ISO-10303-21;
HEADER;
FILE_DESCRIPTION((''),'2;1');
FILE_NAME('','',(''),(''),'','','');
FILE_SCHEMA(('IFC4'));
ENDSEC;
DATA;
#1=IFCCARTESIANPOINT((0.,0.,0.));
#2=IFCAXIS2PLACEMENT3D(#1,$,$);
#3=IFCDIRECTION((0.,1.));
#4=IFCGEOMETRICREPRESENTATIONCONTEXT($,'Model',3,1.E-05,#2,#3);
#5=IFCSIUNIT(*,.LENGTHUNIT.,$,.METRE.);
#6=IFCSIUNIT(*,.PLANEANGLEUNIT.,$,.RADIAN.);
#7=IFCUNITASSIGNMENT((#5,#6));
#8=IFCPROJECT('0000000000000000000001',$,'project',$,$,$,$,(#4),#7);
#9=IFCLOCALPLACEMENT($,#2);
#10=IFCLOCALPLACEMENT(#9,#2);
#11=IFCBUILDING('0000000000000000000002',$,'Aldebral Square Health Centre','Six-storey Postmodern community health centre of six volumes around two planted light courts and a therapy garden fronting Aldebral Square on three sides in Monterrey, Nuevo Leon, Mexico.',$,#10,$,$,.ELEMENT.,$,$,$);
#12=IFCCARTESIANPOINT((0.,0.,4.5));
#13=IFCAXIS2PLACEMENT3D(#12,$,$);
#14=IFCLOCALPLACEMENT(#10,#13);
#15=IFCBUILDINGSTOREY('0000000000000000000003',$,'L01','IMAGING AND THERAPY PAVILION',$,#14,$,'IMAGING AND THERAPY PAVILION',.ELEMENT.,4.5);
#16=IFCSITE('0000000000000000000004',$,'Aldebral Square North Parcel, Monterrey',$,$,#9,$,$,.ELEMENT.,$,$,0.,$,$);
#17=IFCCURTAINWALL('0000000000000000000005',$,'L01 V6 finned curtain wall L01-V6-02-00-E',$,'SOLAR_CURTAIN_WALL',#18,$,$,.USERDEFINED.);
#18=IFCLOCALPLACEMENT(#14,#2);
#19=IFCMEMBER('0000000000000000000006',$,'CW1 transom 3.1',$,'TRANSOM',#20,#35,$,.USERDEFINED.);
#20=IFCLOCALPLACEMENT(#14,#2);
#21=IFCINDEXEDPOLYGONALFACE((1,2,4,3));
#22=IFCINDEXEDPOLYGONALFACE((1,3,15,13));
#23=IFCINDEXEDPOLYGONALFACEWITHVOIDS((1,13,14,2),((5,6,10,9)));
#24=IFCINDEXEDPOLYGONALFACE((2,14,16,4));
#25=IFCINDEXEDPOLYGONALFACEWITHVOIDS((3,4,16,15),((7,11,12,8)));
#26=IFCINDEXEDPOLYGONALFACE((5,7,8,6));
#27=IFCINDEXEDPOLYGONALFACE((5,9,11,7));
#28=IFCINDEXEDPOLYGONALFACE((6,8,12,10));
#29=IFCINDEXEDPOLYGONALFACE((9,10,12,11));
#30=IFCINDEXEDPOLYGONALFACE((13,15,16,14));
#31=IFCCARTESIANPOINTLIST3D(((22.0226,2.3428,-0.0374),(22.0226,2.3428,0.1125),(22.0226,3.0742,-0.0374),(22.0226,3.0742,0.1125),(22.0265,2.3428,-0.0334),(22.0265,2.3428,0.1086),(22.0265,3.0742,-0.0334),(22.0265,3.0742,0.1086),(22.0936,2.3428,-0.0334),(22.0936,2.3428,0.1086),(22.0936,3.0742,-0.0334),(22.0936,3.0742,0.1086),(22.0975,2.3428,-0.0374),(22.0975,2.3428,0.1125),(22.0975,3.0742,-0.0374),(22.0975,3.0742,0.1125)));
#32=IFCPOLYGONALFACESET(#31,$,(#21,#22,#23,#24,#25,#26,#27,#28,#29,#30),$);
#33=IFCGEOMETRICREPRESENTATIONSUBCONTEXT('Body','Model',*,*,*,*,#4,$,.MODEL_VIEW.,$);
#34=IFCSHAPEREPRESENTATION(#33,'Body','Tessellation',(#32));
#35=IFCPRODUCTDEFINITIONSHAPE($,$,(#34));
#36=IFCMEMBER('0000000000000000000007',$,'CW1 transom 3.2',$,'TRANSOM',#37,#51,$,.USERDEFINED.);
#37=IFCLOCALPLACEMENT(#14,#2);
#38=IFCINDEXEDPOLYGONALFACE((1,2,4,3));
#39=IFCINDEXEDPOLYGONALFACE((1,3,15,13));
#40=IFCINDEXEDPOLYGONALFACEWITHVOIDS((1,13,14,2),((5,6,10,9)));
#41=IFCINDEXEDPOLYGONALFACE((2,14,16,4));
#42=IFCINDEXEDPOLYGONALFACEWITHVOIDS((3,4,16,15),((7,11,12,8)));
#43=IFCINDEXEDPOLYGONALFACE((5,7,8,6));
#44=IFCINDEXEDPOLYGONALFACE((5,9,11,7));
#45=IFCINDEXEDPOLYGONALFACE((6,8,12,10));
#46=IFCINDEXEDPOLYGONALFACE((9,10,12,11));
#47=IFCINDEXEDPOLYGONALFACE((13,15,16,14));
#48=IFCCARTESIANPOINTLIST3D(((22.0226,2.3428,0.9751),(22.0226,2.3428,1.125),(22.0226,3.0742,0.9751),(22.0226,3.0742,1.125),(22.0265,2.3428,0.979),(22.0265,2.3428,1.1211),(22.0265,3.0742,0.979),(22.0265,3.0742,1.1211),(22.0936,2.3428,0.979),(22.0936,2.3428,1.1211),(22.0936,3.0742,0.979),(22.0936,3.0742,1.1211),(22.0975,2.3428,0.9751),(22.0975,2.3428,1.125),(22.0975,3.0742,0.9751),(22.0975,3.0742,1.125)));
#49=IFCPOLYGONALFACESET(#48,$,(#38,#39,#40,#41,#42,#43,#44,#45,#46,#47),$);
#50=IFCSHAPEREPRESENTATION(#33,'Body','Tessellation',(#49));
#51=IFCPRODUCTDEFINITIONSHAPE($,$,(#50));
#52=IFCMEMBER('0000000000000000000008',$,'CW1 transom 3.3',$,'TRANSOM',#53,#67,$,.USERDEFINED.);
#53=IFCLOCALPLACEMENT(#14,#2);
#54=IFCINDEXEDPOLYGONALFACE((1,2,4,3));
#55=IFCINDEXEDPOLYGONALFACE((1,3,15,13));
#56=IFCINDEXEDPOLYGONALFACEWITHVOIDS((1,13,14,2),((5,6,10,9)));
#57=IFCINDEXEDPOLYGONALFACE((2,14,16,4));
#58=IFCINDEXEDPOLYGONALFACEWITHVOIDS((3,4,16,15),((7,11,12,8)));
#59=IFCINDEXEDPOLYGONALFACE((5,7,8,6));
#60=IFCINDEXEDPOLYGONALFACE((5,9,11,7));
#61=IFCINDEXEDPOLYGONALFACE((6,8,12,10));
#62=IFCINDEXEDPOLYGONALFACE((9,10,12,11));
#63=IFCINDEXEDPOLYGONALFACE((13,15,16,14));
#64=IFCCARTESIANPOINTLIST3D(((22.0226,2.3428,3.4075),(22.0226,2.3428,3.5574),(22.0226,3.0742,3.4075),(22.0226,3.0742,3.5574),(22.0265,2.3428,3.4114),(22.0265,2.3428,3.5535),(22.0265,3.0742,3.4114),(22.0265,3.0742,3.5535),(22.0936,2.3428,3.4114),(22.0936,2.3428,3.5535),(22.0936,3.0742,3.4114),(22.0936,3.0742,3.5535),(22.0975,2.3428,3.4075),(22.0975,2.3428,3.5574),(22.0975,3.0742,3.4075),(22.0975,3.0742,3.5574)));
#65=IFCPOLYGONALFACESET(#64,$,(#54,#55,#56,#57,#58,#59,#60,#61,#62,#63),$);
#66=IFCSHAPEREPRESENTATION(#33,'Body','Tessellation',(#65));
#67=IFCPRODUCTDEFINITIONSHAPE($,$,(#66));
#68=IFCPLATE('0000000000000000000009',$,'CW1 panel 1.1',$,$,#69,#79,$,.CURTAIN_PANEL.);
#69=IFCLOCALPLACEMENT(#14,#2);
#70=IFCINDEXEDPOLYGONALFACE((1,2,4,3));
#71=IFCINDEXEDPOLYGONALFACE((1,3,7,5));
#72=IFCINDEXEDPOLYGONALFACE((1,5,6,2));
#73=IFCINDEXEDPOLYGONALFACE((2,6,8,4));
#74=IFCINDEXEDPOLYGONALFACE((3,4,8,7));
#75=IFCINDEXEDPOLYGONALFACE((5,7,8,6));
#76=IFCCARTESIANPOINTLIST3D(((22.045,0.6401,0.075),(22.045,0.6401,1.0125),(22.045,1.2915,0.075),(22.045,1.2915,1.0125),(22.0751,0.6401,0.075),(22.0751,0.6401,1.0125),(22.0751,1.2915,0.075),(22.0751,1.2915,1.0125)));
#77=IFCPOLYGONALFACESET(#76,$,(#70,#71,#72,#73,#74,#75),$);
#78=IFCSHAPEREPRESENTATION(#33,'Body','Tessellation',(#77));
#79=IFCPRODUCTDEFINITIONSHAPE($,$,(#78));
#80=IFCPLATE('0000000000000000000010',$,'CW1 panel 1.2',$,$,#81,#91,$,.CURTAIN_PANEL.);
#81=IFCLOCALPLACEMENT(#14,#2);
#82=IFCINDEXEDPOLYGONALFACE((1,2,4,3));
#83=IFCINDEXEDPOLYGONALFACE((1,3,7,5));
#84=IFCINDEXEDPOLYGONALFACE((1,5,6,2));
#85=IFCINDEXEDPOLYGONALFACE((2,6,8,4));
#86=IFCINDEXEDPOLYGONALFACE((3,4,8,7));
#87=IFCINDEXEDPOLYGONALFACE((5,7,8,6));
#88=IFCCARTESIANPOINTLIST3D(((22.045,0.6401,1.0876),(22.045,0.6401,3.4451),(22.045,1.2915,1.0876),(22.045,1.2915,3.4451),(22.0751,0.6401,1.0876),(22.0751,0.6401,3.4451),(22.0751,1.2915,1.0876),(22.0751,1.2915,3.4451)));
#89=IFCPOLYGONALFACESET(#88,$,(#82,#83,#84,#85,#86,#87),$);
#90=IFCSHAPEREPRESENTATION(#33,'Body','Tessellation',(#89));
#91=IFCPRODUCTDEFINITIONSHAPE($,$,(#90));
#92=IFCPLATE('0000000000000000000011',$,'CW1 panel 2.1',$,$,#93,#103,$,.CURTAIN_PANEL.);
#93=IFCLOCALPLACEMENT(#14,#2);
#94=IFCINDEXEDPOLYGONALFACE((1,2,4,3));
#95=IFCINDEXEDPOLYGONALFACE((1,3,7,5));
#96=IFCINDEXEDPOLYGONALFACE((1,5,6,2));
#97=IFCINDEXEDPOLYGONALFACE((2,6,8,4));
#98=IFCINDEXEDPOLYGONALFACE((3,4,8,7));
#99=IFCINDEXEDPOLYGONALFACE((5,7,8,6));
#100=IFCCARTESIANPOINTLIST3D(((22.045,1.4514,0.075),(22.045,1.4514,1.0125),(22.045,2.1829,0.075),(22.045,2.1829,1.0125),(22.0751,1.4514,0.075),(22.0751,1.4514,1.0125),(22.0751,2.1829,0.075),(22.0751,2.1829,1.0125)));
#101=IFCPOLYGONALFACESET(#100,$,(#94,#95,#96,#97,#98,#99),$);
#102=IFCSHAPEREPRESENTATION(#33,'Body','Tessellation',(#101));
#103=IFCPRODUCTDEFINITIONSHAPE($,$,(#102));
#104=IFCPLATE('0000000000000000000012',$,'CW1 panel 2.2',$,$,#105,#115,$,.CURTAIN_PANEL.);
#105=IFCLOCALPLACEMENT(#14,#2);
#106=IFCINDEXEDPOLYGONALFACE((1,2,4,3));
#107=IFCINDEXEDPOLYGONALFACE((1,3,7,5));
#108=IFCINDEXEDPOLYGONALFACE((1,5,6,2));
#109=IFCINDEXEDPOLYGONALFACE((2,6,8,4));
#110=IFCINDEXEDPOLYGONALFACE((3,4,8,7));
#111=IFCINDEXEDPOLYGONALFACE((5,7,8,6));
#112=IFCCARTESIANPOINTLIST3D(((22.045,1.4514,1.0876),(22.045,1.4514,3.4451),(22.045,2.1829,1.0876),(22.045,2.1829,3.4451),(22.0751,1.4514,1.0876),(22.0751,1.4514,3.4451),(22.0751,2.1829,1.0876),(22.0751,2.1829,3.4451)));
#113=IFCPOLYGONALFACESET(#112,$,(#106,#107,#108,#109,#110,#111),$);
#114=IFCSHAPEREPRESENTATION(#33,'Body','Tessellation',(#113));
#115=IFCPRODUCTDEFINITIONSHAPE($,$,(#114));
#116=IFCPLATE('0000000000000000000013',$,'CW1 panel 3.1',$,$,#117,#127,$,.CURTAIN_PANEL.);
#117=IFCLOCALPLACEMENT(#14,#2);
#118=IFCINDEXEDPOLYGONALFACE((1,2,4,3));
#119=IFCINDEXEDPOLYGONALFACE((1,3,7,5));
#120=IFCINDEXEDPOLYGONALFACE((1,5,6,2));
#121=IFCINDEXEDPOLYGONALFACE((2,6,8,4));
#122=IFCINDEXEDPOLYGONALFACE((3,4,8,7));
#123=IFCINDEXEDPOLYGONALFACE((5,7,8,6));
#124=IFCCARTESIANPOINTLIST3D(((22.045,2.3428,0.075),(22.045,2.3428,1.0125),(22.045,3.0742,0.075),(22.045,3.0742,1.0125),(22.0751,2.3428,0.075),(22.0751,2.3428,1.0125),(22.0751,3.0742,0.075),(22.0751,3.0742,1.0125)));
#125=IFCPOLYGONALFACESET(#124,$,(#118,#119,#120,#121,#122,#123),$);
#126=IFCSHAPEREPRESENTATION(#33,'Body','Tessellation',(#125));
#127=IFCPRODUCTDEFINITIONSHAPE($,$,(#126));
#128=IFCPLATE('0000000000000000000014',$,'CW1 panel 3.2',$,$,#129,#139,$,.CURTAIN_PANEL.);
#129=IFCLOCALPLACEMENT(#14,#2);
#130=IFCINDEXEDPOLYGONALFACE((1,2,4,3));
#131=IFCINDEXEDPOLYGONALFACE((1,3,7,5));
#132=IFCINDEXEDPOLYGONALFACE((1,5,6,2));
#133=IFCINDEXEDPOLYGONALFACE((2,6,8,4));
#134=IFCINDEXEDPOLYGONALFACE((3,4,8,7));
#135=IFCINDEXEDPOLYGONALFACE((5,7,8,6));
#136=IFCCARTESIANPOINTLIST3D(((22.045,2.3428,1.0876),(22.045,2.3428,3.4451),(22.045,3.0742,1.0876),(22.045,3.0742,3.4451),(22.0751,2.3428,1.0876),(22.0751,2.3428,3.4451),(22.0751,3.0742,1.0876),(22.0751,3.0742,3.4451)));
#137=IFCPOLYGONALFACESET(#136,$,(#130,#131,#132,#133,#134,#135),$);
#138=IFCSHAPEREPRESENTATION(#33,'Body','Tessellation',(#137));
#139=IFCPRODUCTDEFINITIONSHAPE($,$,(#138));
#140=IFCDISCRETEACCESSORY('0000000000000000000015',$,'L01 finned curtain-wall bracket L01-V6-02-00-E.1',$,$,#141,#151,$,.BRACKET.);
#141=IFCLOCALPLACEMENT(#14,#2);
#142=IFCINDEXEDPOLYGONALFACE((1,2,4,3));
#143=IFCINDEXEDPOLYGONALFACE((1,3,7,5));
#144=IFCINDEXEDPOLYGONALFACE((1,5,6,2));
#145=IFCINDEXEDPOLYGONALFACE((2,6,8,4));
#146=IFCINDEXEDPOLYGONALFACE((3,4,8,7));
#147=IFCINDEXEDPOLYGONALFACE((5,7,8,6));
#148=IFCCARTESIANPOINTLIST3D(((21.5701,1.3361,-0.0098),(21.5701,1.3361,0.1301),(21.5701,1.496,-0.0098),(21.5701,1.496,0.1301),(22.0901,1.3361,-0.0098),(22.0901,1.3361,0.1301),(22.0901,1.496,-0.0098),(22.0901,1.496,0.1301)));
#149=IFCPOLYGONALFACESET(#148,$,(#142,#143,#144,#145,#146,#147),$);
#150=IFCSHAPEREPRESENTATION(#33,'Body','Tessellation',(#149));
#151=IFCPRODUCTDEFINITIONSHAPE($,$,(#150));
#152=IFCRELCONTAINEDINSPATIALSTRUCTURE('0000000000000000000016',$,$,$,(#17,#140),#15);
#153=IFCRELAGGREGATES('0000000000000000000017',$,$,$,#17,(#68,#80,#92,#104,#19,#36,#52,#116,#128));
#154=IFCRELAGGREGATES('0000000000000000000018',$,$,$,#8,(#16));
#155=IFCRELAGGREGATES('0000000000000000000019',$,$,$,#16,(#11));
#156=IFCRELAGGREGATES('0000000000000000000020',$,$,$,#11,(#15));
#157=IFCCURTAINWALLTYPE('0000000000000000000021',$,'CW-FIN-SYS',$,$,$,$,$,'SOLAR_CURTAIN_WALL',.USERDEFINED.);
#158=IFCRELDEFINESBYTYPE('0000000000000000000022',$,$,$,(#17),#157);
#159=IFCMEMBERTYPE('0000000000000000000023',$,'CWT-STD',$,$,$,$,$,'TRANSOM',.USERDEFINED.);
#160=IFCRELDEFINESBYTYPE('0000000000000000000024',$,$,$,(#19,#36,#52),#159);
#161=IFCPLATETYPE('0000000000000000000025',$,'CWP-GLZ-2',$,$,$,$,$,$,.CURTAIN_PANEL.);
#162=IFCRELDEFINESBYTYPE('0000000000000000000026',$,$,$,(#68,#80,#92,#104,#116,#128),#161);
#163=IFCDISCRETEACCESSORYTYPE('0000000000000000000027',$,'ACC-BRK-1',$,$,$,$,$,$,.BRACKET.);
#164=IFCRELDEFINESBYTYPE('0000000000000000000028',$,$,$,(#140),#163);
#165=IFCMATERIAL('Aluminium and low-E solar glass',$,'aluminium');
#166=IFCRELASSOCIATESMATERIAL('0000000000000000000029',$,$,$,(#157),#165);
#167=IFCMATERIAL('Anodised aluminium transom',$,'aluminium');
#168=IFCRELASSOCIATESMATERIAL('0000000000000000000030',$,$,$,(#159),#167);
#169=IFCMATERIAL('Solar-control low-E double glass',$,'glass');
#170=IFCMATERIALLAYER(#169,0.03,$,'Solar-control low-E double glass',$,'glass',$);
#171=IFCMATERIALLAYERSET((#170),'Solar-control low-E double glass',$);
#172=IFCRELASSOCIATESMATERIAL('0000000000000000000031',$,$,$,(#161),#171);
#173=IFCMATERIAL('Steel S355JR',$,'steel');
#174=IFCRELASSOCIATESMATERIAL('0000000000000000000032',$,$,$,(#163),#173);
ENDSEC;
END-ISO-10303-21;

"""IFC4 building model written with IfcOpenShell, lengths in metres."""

from ifc_helpers import new_model, si_unit, direction, frame, origin, origin_2d, place, context, subcontext, project, spatial, rectangle, hollow_rectangle, extrude, material, layer, layer_set, material_profile, profile_set, type_object, element, aggregate, save


model = new_model("IFC4")

# Units and contexts
model_context = context("Model", 3, precision=1e-05, world=origin(), true_north=direction((0.0, 1.0)))
body_context = subcontext(model_context, "Body", "Model", "MODEL_VIEW")
ifc_project = project(units=[si_unit("LENGTHUNIT", "METRE"), si_unit("PLANEANGLEUNIT", "RADIAN")], contexts=[model_context])

# Site, building, storey
site_placement = place(None, origin())
site = spatial("IfcSite", under=ifc_project, at=site_placement, Name="Aldebral Square North Parcel, Monterrey", CompositionType="ELEMENT", RefElevation=0.0)
building_placement = place(site_placement, origin())
building = spatial("IfcBuilding", under=site, at=building_placement, Name="Aldebral Square Health Centre", Description="Six-storey Postmodern community health centre of six volumes around two planted light courts and a therapy garden fronting Aldebral Square on three sides in Monterrey, Nuevo Leon, Mexico.", CompositionType="ELEMENT")
storey_placement = place(building_placement, frame((0.0, 0.0, 4.5)))
storey = spatial("IfcBuildingStorey", under=building, at=storey_placement, Name="L01", Description="IMAGING AND THERAPY PAVILION", LongName="IMAGING AND THERAPY PAVILION", CompositionType="ELEMENT", Elevation=4.5)

# Curtain wall, members, plates
ifc_material_1 = material(Name="Aluminium and low-E solar glass", Category="aluminium")
curtain_wall_type = type_object("IfcCurtainWallType", Name="CW-FIN-SYS", ElementType="SOLAR_CURTAIN_WALL", PredefinedType="USERDEFINED", material=ifc_material_1)
curtain_wall_placement = place(storey_placement, origin())
curtain_wall = element("IfcCurtainWall", 1, at=curtain_wall_placement, inside=storey, type_object=curtain_wall_type, Name="L01 V6 finned curtain wall L01-V6-02-00-E", ObjectType="SOLAR_CURTAIN_WALL", PredefinedType="USERDEFINED")
ifc_material_2 = material(Name="Anodised aluminium transom", Category="aluminium")
ifc_material_profile_1 = material_profile(ifc_material_2, hollow_rectangle(XDim=0.075, YDim=0.1499, WallThickness=0.0039, at=origin_2d()), Name="CWT 75x150x4")
ifc_profile_set_1 = profile_set([ifc_material_profile_1], Name="Anodised aluminium transom")
member_type_1 = type_object("IfcMemberType", Name="CWT-STD", ElementType="TRANSOM", PredefinedType="USERDEFINED", material=ifc_profile_set_1)
member_1_placement = place(storey_placement, frame((22.0601, 2.3428, 0.0376), z_axis=(0.0, 1.0, 0.0), x_axis=(-1.0, 0.0, 0.0)))
member_1 = element("IfcMember", 2, at=member_1_placement, type_object=member_type_1, Name="CW1 transom 3.1", ObjectType="TRANSOM", PredefinedType="USERDEFINED", context=body_context, shape_type="SweptSolid", body=[
    extrude(hollow_rectangle(XDim=0.075, YDim=0.1499, WallThickness=0.0039, at=origin_2d()), origin(), (0.0, 0.0, 1.0), 0.7314),
])
member_2_placement = place(storey_placement, frame((22.0601, 2.3428, 1.05), z_axis=(0.0, 1.0, 0.0), x_axis=(-1.0, 0.0, 0.0)))
member_2 = element("IfcMember", 3, at=member_2_placement, type_object=member_type_1, Name="CW1 transom 3.2", ObjectType="TRANSOM", PredefinedType="USERDEFINED", context=body_context, shape_type="SweptSolid", body=[
    extrude(hollow_rectangle(XDim=0.075, YDim=0.1499, WallThickness=0.0039, at=origin_2d()), origin(), (0.0, 0.0, 1.0), 0.7314),
])
member_3_placement = place(storey_placement, frame((22.0601, 2.3428, 3.4824), z_axis=(0.0, 1.0, 0.0), x_axis=(-1.0, 0.0, 0.0)))
member_3 = element("IfcMember", 4, at=member_3_placement, type_object=member_type_1, Name="CW1 transom 3.3", ObjectType="TRANSOM", PredefinedType="USERDEFINED", context=body_context, shape_type="SweptSolid", body=[
    extrude(hollow_rectangle(XDim=0.075, YDim=0.1499, WallThickness=0.0039, at=origin_2d()), origin(), (0.0, 0.0, 1.0), 0.7314),
])
ifc_material_3 = material(Name="Solar-control low-E double glass", Category="glass")
ifc_layer = layer(ifc_material_3, 0.03, Name="Solar-control low-E double glass", Category="glass")
ifc_layer_set = layer_set([ifc_layer], Name="Solar-control low-E double glass")
plate_type = type_object("IfcPlateType", Name="CWP-GLZ-2", PredefinedType="CURTAIN_PANEL", material=ifc_layer_set)
plate_1_placement = place(storey_placement, frame((22.0601, 0.9658, 0.075), z_axis=(0.0, 0.0, 1.0), x_axis=(0.0, 1.0, 0.0)))
plate_1 = element("IfcPlate", 5, at=plate_1_placement, type_object=plate_type, Name="CW1 panel 1.1", PredefinedType="CURTAIN_PANEL", context=body_context, shape_type="SweptSolid", body=[
    extrude(rectangle(XDim=0.6514, YDim=0.03, at=origin_2d()), origin(), (0.0, 0.0, 1.0), 0.9375),
])
plate_2_placement = place(storey_placement, frame((22.0601, 0.9658, 1.0876), z_axis=(0.0, 0.0, 1.0), x_axis=(0.0, 1.0, 0.0)))
plate_2 = element("IfcPlate", 6, at=plate_2_placement, type_object=plate_type, Name="CW1 panel 1.2", PredefinedType="CURTAIN_PANEL", context=body_context, shape_type="SweptSolid", body=[
    extrude(rectangle(XDim=0.6514, YDim=0.03, at=origin_2d()), origin(), (0.0, 0.0, 1.0), 2.3574),
])
plate_3_placement = place(storey_placement, frame((22.0601, 1.8171, 0.075), z_axis=(0.0, 0.0, 1.0), x_axis=(0.0, 1.0, 0.0)))
plate_3 = element("IfcPlate", 7, at=plate_3_placement, type_object=plate_type, Name="CW1 panel 2.1", PredefinedType="CURTAIN_PANEL", context=body_context, shape_type="SweptSolid", body=[
    extrude(rectangle(XDim=0.7314, YDim=0.03, at=origin_2d()), origin(), (0.0, 0.0, 1.0), 0.9375),
])
plate_4_placement = place(storey_placement, frame((22.0601, 1.8171, 1.0876), z_axis=(0.0, 0.0, 1.0), x_axis=(0.0, 1.0, 0.0)))
plate_4 = element("IfcPlate", 8, at=plate_4_placement, type_object=plate_type, Name="CW1 panel 2.2", PredefinedType="CURTAIN_PANEL", context=body_context, shape_type="SweptSolid", body=[
    extrude(rectangle(XDim=0.7314, YDim=0.03, at=origin_2d()), origin(), (0.0, 0.0, 1.0), 2.3574),
])
plate_5_placement = place(storey_placement, frame((22.0601, 2.7085, 0.075), z_axis=(0.0, 0.0, 1.0), x_axis=(0.0, 1.0, 0.0)))
plate_5 = element("IfcPlate", 9, at=plate_5_placement, type_object=plate_type, Name="CW1 panel 3.1", PredefinedType="CURTAIN_PANEL", context=body_context, shape_type="SweptSolid", body=[
    extrude(rectangle(XDim=0.7314, YDim=0.03, at=origin_2d()), origin(), (0.0, 0.0, 1.0), 0.9375),
])
plate_6_placement = place(storey_placement, frame((22.0601, 2.7085, 1.0876), z_axis=(0.0, 0.0, 1.0), x_axis=(0.0, 1.0, 0.0)))
plate_6 = element("IfcPlate", 10, at=plate_6_placement, type_object=plate_type, Name="CW1 panel 3.2", PredefinedType="CURTAIN_PANEL", context=body_context, shape_type="SweptSolid", body=[
    extrude(rectangle(XDim=0.7314, YDim=0.03, at=origin_2d()), origin(), (0.0, 0.0, 1.0), 2.3574),
])
aggregate(curtain_wall, [plate_1, plate_2, plate_3, plate_4, member_1, member_2, member_3, plate_5, plate_6])

# Discrete accessory
ifc_material_4 = material(Name="Steel S355JR", Category="steel")
discrete_accessory_type = type_object("IfcDiscreteAccessoryType", Name="ACC-BRK-1", PredefinedType="BRACKET", material=ifc_material_4)
discrete_accessory_placement = place(storey_placement, frame((21.8301, 1.416, -0.0098), z_axis=(0.0, 0.0, 1.0), x_axis=(0.0, 1.0, 0.0)))
element("IfcDiscreteAccessory", 11, at=discrete_accessory_placement, inside=storey, type_object=discrete_accessory_type, Name="L01 finned curtain-wall bracket L01-V6-02-00-E.1", PredefinedType="BRACKET", context=body_context, shape_type="SweptSolid", body=[
    extrude(rectangle(XDim=0.1599, YDim=0.52, at=origin_2d()), origin(), (0.0, 0.0, 1.0), 0.1399),
])

save(model, "model.ifc")
